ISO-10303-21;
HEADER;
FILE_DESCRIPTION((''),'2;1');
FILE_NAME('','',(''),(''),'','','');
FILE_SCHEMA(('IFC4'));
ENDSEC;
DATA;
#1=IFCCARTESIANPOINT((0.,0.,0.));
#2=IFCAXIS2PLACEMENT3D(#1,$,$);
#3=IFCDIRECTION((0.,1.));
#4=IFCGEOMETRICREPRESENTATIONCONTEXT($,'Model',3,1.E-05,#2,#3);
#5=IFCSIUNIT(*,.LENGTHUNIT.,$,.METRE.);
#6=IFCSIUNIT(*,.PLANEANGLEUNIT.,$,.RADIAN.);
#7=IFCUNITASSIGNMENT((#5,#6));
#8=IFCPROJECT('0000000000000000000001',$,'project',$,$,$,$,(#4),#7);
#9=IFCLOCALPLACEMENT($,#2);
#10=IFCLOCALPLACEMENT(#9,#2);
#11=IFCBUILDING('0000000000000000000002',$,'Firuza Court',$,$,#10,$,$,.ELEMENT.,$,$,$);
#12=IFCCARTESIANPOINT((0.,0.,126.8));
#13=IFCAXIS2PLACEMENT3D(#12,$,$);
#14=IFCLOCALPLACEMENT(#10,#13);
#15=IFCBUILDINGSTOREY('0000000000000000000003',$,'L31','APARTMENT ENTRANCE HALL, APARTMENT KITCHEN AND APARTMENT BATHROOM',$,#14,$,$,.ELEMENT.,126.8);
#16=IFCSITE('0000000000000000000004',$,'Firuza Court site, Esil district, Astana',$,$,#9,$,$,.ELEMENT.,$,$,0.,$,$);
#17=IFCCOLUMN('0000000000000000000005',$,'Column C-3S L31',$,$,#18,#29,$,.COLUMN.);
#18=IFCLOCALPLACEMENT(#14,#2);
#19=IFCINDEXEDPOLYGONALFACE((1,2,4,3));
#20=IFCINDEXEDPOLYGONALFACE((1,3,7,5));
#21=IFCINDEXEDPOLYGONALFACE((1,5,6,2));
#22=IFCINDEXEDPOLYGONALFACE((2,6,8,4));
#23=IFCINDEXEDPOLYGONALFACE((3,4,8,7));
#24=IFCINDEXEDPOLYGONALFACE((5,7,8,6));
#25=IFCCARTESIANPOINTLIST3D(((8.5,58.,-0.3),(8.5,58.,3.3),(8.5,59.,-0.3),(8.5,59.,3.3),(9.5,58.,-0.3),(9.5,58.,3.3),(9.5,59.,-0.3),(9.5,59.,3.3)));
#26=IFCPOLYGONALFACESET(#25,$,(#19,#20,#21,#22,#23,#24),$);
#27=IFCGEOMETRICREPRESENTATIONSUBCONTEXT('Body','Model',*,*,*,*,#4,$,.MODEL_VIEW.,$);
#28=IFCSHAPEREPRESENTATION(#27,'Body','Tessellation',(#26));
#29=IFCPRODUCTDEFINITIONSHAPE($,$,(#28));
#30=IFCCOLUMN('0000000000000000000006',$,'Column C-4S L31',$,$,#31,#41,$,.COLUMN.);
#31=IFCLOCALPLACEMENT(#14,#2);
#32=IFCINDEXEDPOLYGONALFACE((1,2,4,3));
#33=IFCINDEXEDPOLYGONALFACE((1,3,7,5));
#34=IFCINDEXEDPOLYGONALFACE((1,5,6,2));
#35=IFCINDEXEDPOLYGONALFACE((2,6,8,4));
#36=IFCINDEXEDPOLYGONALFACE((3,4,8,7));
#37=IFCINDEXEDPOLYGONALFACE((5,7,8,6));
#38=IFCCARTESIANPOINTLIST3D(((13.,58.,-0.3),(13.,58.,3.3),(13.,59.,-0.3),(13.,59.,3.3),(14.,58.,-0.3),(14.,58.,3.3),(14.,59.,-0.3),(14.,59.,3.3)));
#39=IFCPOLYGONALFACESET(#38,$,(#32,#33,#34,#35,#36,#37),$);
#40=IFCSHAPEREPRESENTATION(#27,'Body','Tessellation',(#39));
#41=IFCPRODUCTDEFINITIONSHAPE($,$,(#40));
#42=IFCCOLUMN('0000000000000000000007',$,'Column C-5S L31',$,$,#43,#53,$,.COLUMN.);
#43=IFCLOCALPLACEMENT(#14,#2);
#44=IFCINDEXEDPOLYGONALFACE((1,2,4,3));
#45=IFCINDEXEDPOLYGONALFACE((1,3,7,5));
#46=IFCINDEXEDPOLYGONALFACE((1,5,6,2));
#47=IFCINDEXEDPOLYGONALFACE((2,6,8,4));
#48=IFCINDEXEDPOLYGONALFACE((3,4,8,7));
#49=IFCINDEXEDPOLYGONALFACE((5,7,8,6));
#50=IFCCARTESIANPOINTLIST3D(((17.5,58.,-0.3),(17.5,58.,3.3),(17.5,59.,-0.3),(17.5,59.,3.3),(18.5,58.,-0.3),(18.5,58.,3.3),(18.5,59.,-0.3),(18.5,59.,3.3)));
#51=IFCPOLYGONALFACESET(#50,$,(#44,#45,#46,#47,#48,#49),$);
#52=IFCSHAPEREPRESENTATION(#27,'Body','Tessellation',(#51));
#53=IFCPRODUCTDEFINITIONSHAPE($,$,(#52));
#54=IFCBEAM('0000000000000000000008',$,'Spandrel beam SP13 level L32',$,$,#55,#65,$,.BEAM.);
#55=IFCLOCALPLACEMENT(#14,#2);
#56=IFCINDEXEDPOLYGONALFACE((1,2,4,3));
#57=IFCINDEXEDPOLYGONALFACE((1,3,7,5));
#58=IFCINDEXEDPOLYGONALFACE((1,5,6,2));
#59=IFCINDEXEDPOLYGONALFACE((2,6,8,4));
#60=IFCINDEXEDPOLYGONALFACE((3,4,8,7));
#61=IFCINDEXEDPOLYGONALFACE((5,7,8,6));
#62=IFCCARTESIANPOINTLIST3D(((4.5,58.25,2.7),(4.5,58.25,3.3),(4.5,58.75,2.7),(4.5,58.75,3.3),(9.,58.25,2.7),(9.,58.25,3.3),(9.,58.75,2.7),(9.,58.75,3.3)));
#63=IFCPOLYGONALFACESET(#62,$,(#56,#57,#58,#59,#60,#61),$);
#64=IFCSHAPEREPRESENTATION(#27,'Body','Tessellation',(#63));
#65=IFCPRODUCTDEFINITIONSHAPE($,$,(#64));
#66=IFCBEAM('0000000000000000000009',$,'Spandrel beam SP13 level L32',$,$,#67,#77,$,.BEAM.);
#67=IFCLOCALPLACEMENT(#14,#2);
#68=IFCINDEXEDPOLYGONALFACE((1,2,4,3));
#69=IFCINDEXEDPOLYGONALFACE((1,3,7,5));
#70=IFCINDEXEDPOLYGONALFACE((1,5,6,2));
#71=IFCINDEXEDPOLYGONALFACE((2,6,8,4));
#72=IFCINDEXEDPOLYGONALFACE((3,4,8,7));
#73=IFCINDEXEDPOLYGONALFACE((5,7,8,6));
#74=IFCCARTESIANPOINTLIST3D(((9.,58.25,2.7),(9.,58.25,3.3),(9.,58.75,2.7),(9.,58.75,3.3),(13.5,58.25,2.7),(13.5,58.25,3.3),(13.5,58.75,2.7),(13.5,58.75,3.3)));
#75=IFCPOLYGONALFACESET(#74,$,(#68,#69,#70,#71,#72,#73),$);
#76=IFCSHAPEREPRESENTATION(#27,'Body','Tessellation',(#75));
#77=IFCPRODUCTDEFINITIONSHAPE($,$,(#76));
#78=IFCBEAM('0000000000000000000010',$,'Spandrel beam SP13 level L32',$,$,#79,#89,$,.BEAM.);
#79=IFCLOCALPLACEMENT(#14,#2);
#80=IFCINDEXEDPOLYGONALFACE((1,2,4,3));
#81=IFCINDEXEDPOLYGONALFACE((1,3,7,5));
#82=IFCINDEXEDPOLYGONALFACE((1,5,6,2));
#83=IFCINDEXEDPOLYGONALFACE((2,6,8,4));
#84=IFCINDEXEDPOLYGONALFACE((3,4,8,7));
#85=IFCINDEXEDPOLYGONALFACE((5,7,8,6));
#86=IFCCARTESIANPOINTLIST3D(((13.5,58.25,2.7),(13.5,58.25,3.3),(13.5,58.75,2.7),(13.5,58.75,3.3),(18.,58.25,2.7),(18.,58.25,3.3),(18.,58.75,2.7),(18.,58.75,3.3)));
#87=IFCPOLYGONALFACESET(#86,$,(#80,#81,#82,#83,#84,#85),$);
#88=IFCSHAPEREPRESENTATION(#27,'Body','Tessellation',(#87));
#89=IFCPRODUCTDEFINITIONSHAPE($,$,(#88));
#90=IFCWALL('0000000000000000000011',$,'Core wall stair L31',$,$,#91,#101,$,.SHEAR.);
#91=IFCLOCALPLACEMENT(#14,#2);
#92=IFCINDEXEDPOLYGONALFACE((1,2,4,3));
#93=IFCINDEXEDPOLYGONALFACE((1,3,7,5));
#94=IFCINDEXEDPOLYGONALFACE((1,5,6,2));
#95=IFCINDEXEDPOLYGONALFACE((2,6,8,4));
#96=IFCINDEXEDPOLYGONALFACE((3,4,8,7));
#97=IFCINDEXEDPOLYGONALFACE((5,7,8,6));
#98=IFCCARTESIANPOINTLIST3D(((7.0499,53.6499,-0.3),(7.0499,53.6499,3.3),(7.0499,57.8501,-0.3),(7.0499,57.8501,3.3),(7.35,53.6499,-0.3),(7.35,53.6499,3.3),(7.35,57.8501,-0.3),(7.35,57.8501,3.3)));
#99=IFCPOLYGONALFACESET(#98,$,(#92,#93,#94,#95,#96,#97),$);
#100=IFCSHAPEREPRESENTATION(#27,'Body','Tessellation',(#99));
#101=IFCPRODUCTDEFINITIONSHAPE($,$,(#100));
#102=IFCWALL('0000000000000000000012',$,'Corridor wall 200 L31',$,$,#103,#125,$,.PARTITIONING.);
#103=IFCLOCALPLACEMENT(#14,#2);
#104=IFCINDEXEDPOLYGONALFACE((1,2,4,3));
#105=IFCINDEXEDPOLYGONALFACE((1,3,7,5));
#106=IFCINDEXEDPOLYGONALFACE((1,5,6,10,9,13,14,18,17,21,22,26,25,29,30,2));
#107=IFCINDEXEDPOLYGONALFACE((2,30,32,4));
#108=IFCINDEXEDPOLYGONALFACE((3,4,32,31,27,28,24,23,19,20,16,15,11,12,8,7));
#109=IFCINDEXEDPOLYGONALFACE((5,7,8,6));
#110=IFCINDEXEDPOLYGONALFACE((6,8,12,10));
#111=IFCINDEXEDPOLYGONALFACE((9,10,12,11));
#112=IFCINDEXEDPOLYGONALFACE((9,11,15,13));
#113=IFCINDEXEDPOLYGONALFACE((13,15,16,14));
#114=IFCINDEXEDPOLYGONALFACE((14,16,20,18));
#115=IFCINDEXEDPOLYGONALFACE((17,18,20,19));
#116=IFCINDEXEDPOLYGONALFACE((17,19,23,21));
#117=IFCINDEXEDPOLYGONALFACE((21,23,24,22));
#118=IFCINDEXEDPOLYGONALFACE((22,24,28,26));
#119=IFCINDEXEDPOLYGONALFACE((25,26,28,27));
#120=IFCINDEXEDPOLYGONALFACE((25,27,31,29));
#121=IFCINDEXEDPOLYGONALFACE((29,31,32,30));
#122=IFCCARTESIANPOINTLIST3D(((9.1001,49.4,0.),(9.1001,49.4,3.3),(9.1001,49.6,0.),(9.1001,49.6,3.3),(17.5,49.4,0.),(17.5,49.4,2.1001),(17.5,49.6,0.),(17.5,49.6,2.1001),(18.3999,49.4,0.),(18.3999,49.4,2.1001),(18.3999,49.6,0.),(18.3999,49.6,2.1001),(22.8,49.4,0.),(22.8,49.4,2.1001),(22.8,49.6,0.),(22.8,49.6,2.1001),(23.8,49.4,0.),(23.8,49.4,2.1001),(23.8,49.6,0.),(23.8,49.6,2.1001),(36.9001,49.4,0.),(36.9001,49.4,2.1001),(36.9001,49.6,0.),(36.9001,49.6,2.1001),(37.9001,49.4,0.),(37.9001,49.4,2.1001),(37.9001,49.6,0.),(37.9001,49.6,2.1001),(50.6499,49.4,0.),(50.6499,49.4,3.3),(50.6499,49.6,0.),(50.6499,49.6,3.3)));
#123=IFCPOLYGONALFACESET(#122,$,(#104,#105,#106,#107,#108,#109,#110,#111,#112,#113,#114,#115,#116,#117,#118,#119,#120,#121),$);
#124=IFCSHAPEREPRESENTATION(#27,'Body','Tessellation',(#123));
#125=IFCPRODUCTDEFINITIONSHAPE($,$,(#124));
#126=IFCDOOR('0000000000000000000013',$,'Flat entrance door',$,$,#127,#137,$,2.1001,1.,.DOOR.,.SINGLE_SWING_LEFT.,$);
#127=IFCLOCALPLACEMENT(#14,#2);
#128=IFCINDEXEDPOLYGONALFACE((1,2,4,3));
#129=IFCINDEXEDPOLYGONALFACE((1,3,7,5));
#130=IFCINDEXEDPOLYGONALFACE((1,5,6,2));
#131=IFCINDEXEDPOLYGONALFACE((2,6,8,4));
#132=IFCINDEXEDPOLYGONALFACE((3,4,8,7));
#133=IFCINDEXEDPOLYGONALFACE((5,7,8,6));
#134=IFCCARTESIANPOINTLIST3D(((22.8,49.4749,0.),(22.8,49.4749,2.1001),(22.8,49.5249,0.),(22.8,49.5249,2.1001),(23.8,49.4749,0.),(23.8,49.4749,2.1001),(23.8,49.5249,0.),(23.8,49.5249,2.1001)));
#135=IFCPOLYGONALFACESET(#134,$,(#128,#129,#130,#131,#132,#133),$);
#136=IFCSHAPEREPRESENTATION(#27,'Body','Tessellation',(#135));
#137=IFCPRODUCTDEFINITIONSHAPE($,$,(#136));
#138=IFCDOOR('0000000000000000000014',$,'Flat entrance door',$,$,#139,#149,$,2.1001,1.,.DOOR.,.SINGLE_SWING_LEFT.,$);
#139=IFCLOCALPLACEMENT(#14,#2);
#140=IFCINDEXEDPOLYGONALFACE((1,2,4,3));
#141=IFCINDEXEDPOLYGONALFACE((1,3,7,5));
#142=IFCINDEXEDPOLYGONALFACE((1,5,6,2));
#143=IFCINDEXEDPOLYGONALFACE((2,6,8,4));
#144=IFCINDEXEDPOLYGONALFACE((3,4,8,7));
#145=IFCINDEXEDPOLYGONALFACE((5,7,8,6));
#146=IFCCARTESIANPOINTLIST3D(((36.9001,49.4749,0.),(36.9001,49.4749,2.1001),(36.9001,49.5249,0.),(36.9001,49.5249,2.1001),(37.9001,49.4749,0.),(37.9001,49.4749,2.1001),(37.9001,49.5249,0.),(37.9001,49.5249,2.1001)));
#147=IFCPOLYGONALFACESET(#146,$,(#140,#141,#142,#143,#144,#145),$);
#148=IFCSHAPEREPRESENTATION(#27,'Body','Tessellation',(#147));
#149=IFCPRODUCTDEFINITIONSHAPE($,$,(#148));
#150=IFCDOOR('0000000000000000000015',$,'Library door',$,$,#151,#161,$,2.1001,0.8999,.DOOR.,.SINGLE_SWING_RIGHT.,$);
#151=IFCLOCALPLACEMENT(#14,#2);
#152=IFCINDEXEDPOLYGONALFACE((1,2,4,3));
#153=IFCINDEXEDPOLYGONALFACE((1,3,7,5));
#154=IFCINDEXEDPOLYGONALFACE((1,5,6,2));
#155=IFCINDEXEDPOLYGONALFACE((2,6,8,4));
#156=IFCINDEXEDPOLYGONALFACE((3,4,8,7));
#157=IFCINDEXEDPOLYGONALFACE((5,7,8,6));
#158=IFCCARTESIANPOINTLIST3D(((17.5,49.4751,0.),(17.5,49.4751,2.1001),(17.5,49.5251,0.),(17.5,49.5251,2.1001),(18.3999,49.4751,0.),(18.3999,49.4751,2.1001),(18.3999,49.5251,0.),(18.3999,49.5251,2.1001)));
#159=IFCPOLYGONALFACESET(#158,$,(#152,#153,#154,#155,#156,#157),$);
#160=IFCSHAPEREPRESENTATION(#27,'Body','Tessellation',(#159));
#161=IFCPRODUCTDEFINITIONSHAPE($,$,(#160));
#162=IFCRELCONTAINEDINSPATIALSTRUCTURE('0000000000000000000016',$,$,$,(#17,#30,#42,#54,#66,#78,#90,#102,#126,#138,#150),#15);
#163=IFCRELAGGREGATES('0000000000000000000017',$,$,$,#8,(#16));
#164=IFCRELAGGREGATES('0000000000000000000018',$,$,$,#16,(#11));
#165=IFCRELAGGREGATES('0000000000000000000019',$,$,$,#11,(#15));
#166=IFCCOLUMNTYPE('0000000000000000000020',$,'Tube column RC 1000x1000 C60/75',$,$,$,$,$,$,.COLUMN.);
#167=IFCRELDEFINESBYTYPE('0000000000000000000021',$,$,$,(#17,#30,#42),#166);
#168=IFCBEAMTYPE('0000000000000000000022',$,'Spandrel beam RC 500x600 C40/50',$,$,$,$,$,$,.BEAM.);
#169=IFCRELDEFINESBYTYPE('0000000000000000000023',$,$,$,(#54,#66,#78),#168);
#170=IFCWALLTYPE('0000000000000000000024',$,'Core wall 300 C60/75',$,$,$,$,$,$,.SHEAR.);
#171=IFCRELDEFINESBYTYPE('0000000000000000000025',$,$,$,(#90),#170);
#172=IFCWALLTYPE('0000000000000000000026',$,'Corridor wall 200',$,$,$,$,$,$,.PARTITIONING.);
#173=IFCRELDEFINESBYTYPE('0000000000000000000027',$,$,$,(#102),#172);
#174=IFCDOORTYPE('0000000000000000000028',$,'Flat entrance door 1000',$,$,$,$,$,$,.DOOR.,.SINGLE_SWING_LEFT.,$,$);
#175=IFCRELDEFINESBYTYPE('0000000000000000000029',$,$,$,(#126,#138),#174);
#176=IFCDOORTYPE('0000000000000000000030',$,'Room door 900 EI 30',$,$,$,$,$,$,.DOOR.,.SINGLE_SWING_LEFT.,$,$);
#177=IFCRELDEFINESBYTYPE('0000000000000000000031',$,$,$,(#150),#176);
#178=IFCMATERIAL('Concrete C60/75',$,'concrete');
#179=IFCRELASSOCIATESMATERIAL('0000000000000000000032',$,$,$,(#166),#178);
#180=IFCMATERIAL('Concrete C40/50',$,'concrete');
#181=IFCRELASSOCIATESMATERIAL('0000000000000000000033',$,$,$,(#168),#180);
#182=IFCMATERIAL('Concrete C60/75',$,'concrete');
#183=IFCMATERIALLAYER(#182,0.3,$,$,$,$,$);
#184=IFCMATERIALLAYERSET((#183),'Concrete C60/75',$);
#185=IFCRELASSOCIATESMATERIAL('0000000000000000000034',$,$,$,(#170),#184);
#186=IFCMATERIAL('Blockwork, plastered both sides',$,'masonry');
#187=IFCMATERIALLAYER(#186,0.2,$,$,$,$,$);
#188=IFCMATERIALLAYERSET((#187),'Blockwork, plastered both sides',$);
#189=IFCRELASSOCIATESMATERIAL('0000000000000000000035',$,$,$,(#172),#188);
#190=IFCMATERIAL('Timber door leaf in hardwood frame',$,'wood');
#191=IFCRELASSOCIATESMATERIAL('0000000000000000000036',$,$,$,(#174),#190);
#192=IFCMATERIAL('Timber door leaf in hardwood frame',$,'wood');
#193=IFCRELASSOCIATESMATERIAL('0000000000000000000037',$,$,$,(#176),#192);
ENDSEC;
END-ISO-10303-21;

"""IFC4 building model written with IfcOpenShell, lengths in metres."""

from ifc_helpers import new_model, si_unit, direction, frame, frame_2d, origin, origin_2d, place, context, subcontext, project, spatial, rectangle, extrude, material, layer, layer_set, material_profile, profile_set, type_object, element, fill, save


model = new_model("IFC4")

# Units and contexts
model_context = context("Model", 3, precision=1e-05, world=origin(), true_north=direction((0.0, 1.0)))
body_context = subcontext(model_context, "Body", "Model", "MODEL_VIEW")
ifc_project = project(units=[si_unit("LENGTHUNIT", "METRE"), si_unit("PLANEANGLEUNIT", "RADIAN")], contexts=[model_context])

# Site, building, storey
site_placement = place(None, origin())
site = spatial("IfcSite", under=ifc_project, at=site_placement, Name="Firuza Court site, Esil district, Astana", CompositionType="ELEMENT", RefElevation=0.0)
building_placement = place(site_placement, origin())
building = spatial("IfcBuilding", under=site, at=building_placement, Name="Firuza Court", CompositionType="ELEMENT")
storey_placement = place(building_placement, frame((0.0, 0.0, 126.8)))
storey = spatial("IfcBuildingStorey", under=building, at=storey_placement, Name="L31", Description="APARTMENT ENTRANCE HALL, APARTMENT KITCHEN AND APARTMENT BATHROOM", CompositionType="ELEMENT", Elevation=126.8)

# Columns
ifc_material_1 = material(Name="Concrete C60/75", Category="concrete")
ifc_material_profile_1 = material_profile(ifc_material_1, rectangle(XDim=1.0, YDim=1.0, at=origin_2d()), Name="RC 1000x1000")
ifc_profile_set_1 = profile_set([ifc_material_profile_1], Name="Concrete C60/75")
column_type = type_object("IfcColumnType", Name="Tube column RC 1000x1000 C60/75", PredefinedType="COLUMN", material=ifc_profile_set_1)
for number, where, z_axis, x_axis, name in (
    (1, (9.0, 58.5, -0.3), (0.0, 0.0, 1.0), (1.0, 0.0, 0.0), "Column C-3S L31"),
    (2, (13.5, 58.5, -0.3), (0.0, 0.0, 1.0), (1.0, 0.0, 0.0), "Column C-4S L31"),
    (3, (18.0, 58.5, -0.3), (0.0, 0.0, 1.0), (1.0, 0.0, 0.0), "Column C-5S L31"),
):
    element("IfcColumn", number, at=place(storey_placement, frame(where, z_axis=z_axis, x_axis=x_axis)), inside=storey, type_object=column_type, Name=name, PredefinedType="COLUMN", context=body_context, shape_type="SweptSolid", body=[
        extrude(rectangle(XDim=1.0, YDim=1.0, at=origin_2d()), origin(), (0.0, 0.0, 1.0), 3.6001),
    ])

# Beams
ifc_material_2 = material(Name="Concrete C40/50", Category="concrete")
ifc_material_profile_2 = material_profile(ifc_material_2, rectangle(XDim=0.5, YDim=0.6001, at=origin_2d()), Name="RC 500x600")
ifc_profile_set_2 = profile_set([ifc_material_profile_2], Name="Concrete C40/50")
beam_type = type_object("IfcBeamType", Name="Spandrel beam RC 500x600 C40/50", PredefinedType="BEAM", material=ifc_profile_set_2)
for number, where, z_axis, x_axis, name in (
    (4, (9.0, 58.5, 3.0), (-1.0, 0.0, 0.0), (0.0, -1.0, 0.0), "Spandrel beam SP13 level L32"),
    (5, (13.5, 58.5, 3.0), (-1.0, 0.0, 0.0), (0.0, -1.0, 0.0), "Spandrel beam SP13 level L32"),
    (6, (18.0, 58.5, 3.0), (-1.0, 0.0, 0.0), (0.0, -1.0, 0.0), "Spandrel beam SP13 level L32"),
):
    element("IfcBeam", number, at=place(storey_placement, frame(where, z_axis=z_axis, x_axis=x_axis)), inside=storey, type_object=beam_type, Name=name, PredefinedType="BEAM", context=body_context, shape_type="SweptSolid", body=[
        extrude(rectangle(XDim=0.5, YDim=0.6001, at=origin_2d()), origin(), (0.0, 0.0, 1.0), 4.5),
    ])

# Wall
ifc_material_3 = material(Name="Concrete C60/75", Category="concrete")
ifc_layer_1 = layer(ifc_material_3, 0.3)
ifc_layer_set_1 = layer_set([ifc_layer_1], Name="Concrete C60/75")
wall_type_1 = type_object("IfcWallType", Name="Core wall 300 C60/75", PredefinedType="SHEAR", material=ifc_layer_set_1)
wall_1_placement = place(storey_placement, frame((7.2, 53.6499, -0.3), z_axis=(0.0, 0.0, 1.0), x_axis=(0.0, 1.0, 0.0)))
element("IfcWall", 7, at=wall_1_placement, inside=storey, type_object=wall_type_1, Name="Core wall stair L31", PredefinedType="SHEAR", context=body_context, shape_type="SweptSolid", body=[
    extrude(rectangle(XDim=4.2002, YDim=0.3, at=frame_2d((2.1001, 0.0))), origin(), (0.0, 0.0, 1.0), 3.6001),
])

# Wall, openings, doors
ifc_material_4 = material(Name="Blockwork, plastered both sides", Category="masonry")
ifc_layer_2 = layer(ifc_material_4, 0.2)
ifc_layer_set_2 = layer_set([ifc_layer_2], Name="Blockwork, plastered both sides")
wall_type_2 = type_object("IfcWallType", Name="Corridor wall 200", PredefinedType="PARTITIONING", material=ifc_layer_set_2)
wall_2_placement = place(storey_placement, frame((9.1001, 49.5, 0.0), z_axis=(0.0, 0.0, 1.0), x_axis=(1.0, 0.0, 0.0)))
wall_2 = element("IfcWall", 8, at=wall_2_placement, inside=storey, type_object=wall_type_2, Name="Corridor wall 200 L31", PredefinedType="PARTITIONING", context=body_context, shape_type="SweptSolid", body=[
    extrude(rectangle(XDim=41.5498, YDim=0.2, at=frame_2d((20.7749, 0.0))), origin(), (0.0, 0.0, 1.0), 3.3),
])
opening_1_placement = place(wall_2_placement, frame((13.7, 0.0, 0.0)))
opening_1 = element("IfcOpeningElement", 9, at=opening_1_placement, cuts=wall_2, PredefinedType="OPENING", context=body_context, shape_type="SweptSolid", body=[
    extrude(rectangle(XDim=1.0, YDim=2.1001, at=frame_2d((0.5, 1.05))), frame((0.0, 0.1118, 0.0), z_axis=(0.0, -1.0, 0.0), x_axis=(1.0, 0.0, 0.0)), (0.0, 0.0, 1.0), 0.2239),
])
opening_2_placement = place(wall_2_placement, frame((27.8, 0.0, 0.0)))
opening_2 = element("IfcOpeningElement", 10, at=opening_2_placement, cuts=wall_2, PredefinedType="OPENING", context=body_context, shape_type="SweptSolid", body=[
    extrude(rectangle(XDim=1.0, YDim=2.1001, at=frame_2d((0.5, 1.05))), frame((0.0, 0.1118, 0.0), z_axis=(0.0, -1.0, 0.0), x_axis=(1.0, 0.0, 0.0)), (0.0, 0.0, 1.0), 0.2239),
])
opening_3_placement = place(wall_2_placement, frame((8.3999, 0.0, 0.0)))
opening_3 = element("IfcOpeningElement", 11, at=opening_3_placement, cuts=wall_2, PredefinedType="OPENING", context=body_context, shape_type="SweptSolid", body=[
    extrude(rectangle(XDim=0.8999, YDim=2.1001, at=frame_2d((0.45, 1.05))), frame((0.0, 0.1118, 0.0), z_axis=(0.0, -1.0, 0.0), x_axis=(1.0, 0.0, 0.0)), (0.0, 0.0, 1.0), 0.2239),
])
ifc_material_5 = material(Name="Timber door leaf in hardwood frame", Category="wood")
door_type_1 = type_object("IfcDoorType", Name="Flat entrance door 1000", OperationType="SINGLE_SWING_LEFT", PredefinedType="DOOR", material=ifc_material_5)
door_1_placement = place(opening_1_placement, origin())
door_1 = element("IfcDoor", 12, at=door_1_placement, inside=storey, type_object=door_type_1, Name="Flat entrance door", OperationType="SINGLE_SWING_LEFT", OverallHeight=2.1001, OverallWidth=1.0, PredefinedType="DOOR", context=body_context, shape_type="SweptSolid", body=[
    extrude(rectangle(XDim=1.0, YDim=2.1001, at=frame_2d((0.5, 1.05))), frame((0.0, 0.0249, 0.0), z_axis=(0.0, -1.0, 0.0), x_axis=(1.0, 0.0, 0.0)), (0.0, 0.0, 1.0), 0.05),
])
fill(opening_1, door_1)
door_2_placement = place(opening_2_placement, origin())
door_2 = element("IfcDoor", 13, at=door_2_placement, inside=storey, type_object=door_type_1, Name="Flat entrance door", OperationType="SINGLE_SWING_LEFT", OverallHeight=2.1001, OverallWidth=1.0, PredefinedType="DOOR", context=body_context, shape_type="SweptSolid", body=[
    extrude(rectangle(XDim=1.0, YDim=2.1001, at=frame_2d((0.5, 1.05))), frame((0.0, 0.0249, 0.0), z_axis=(0.0, -1.0, 0.0), x_axis=(1.0, 0.0, 0.0)), (0.0, 0.0, 1.0), 0.05),
])
fill(opening_2, door_2)
ifc_material_6 = material(Name="Timber door leaf in hardwood frame", Category="wood")
door_type_2 = type_object("IfcDoorType", Name="Room door 900 EI 30", OperationType="SINGLE_SWING_LEFT", PredefinedType="DOOR", material=ifc_material_6)
door_3_placement = place(opening_3_placement, frame((0.8999, 0.0, 0.0), z_axis=(0.0, 0.0, 1.0), x_axis=(-1.0, 0.0, 0.0)))
door_3 = element("IfcDoor", 14, at=door_3_placement, inside=storey, type_object=door_type_2, Name="Library door", OperationType="SINGLE_SWING_RIGHT", OverallHeight=2.1001, OverallWidth=0.8999, PredefinedType="DOOR", context=body_context, shape_type="SweptSolid", body=[
    extrude(rectangle(XDim=0.8999, YDim=2.1001, at=frame_2d((0.45, 1.05))), frame((0.0, 0.0249, 0.0), z_axis=(0.0, -1.0, 0.0), x_axis=(1.0, 0.0, 0.0)), (0.0, 0.0, 1.0), 0.05),
])
fill(opening_3, door_3)

save(model, "model.ifc")
